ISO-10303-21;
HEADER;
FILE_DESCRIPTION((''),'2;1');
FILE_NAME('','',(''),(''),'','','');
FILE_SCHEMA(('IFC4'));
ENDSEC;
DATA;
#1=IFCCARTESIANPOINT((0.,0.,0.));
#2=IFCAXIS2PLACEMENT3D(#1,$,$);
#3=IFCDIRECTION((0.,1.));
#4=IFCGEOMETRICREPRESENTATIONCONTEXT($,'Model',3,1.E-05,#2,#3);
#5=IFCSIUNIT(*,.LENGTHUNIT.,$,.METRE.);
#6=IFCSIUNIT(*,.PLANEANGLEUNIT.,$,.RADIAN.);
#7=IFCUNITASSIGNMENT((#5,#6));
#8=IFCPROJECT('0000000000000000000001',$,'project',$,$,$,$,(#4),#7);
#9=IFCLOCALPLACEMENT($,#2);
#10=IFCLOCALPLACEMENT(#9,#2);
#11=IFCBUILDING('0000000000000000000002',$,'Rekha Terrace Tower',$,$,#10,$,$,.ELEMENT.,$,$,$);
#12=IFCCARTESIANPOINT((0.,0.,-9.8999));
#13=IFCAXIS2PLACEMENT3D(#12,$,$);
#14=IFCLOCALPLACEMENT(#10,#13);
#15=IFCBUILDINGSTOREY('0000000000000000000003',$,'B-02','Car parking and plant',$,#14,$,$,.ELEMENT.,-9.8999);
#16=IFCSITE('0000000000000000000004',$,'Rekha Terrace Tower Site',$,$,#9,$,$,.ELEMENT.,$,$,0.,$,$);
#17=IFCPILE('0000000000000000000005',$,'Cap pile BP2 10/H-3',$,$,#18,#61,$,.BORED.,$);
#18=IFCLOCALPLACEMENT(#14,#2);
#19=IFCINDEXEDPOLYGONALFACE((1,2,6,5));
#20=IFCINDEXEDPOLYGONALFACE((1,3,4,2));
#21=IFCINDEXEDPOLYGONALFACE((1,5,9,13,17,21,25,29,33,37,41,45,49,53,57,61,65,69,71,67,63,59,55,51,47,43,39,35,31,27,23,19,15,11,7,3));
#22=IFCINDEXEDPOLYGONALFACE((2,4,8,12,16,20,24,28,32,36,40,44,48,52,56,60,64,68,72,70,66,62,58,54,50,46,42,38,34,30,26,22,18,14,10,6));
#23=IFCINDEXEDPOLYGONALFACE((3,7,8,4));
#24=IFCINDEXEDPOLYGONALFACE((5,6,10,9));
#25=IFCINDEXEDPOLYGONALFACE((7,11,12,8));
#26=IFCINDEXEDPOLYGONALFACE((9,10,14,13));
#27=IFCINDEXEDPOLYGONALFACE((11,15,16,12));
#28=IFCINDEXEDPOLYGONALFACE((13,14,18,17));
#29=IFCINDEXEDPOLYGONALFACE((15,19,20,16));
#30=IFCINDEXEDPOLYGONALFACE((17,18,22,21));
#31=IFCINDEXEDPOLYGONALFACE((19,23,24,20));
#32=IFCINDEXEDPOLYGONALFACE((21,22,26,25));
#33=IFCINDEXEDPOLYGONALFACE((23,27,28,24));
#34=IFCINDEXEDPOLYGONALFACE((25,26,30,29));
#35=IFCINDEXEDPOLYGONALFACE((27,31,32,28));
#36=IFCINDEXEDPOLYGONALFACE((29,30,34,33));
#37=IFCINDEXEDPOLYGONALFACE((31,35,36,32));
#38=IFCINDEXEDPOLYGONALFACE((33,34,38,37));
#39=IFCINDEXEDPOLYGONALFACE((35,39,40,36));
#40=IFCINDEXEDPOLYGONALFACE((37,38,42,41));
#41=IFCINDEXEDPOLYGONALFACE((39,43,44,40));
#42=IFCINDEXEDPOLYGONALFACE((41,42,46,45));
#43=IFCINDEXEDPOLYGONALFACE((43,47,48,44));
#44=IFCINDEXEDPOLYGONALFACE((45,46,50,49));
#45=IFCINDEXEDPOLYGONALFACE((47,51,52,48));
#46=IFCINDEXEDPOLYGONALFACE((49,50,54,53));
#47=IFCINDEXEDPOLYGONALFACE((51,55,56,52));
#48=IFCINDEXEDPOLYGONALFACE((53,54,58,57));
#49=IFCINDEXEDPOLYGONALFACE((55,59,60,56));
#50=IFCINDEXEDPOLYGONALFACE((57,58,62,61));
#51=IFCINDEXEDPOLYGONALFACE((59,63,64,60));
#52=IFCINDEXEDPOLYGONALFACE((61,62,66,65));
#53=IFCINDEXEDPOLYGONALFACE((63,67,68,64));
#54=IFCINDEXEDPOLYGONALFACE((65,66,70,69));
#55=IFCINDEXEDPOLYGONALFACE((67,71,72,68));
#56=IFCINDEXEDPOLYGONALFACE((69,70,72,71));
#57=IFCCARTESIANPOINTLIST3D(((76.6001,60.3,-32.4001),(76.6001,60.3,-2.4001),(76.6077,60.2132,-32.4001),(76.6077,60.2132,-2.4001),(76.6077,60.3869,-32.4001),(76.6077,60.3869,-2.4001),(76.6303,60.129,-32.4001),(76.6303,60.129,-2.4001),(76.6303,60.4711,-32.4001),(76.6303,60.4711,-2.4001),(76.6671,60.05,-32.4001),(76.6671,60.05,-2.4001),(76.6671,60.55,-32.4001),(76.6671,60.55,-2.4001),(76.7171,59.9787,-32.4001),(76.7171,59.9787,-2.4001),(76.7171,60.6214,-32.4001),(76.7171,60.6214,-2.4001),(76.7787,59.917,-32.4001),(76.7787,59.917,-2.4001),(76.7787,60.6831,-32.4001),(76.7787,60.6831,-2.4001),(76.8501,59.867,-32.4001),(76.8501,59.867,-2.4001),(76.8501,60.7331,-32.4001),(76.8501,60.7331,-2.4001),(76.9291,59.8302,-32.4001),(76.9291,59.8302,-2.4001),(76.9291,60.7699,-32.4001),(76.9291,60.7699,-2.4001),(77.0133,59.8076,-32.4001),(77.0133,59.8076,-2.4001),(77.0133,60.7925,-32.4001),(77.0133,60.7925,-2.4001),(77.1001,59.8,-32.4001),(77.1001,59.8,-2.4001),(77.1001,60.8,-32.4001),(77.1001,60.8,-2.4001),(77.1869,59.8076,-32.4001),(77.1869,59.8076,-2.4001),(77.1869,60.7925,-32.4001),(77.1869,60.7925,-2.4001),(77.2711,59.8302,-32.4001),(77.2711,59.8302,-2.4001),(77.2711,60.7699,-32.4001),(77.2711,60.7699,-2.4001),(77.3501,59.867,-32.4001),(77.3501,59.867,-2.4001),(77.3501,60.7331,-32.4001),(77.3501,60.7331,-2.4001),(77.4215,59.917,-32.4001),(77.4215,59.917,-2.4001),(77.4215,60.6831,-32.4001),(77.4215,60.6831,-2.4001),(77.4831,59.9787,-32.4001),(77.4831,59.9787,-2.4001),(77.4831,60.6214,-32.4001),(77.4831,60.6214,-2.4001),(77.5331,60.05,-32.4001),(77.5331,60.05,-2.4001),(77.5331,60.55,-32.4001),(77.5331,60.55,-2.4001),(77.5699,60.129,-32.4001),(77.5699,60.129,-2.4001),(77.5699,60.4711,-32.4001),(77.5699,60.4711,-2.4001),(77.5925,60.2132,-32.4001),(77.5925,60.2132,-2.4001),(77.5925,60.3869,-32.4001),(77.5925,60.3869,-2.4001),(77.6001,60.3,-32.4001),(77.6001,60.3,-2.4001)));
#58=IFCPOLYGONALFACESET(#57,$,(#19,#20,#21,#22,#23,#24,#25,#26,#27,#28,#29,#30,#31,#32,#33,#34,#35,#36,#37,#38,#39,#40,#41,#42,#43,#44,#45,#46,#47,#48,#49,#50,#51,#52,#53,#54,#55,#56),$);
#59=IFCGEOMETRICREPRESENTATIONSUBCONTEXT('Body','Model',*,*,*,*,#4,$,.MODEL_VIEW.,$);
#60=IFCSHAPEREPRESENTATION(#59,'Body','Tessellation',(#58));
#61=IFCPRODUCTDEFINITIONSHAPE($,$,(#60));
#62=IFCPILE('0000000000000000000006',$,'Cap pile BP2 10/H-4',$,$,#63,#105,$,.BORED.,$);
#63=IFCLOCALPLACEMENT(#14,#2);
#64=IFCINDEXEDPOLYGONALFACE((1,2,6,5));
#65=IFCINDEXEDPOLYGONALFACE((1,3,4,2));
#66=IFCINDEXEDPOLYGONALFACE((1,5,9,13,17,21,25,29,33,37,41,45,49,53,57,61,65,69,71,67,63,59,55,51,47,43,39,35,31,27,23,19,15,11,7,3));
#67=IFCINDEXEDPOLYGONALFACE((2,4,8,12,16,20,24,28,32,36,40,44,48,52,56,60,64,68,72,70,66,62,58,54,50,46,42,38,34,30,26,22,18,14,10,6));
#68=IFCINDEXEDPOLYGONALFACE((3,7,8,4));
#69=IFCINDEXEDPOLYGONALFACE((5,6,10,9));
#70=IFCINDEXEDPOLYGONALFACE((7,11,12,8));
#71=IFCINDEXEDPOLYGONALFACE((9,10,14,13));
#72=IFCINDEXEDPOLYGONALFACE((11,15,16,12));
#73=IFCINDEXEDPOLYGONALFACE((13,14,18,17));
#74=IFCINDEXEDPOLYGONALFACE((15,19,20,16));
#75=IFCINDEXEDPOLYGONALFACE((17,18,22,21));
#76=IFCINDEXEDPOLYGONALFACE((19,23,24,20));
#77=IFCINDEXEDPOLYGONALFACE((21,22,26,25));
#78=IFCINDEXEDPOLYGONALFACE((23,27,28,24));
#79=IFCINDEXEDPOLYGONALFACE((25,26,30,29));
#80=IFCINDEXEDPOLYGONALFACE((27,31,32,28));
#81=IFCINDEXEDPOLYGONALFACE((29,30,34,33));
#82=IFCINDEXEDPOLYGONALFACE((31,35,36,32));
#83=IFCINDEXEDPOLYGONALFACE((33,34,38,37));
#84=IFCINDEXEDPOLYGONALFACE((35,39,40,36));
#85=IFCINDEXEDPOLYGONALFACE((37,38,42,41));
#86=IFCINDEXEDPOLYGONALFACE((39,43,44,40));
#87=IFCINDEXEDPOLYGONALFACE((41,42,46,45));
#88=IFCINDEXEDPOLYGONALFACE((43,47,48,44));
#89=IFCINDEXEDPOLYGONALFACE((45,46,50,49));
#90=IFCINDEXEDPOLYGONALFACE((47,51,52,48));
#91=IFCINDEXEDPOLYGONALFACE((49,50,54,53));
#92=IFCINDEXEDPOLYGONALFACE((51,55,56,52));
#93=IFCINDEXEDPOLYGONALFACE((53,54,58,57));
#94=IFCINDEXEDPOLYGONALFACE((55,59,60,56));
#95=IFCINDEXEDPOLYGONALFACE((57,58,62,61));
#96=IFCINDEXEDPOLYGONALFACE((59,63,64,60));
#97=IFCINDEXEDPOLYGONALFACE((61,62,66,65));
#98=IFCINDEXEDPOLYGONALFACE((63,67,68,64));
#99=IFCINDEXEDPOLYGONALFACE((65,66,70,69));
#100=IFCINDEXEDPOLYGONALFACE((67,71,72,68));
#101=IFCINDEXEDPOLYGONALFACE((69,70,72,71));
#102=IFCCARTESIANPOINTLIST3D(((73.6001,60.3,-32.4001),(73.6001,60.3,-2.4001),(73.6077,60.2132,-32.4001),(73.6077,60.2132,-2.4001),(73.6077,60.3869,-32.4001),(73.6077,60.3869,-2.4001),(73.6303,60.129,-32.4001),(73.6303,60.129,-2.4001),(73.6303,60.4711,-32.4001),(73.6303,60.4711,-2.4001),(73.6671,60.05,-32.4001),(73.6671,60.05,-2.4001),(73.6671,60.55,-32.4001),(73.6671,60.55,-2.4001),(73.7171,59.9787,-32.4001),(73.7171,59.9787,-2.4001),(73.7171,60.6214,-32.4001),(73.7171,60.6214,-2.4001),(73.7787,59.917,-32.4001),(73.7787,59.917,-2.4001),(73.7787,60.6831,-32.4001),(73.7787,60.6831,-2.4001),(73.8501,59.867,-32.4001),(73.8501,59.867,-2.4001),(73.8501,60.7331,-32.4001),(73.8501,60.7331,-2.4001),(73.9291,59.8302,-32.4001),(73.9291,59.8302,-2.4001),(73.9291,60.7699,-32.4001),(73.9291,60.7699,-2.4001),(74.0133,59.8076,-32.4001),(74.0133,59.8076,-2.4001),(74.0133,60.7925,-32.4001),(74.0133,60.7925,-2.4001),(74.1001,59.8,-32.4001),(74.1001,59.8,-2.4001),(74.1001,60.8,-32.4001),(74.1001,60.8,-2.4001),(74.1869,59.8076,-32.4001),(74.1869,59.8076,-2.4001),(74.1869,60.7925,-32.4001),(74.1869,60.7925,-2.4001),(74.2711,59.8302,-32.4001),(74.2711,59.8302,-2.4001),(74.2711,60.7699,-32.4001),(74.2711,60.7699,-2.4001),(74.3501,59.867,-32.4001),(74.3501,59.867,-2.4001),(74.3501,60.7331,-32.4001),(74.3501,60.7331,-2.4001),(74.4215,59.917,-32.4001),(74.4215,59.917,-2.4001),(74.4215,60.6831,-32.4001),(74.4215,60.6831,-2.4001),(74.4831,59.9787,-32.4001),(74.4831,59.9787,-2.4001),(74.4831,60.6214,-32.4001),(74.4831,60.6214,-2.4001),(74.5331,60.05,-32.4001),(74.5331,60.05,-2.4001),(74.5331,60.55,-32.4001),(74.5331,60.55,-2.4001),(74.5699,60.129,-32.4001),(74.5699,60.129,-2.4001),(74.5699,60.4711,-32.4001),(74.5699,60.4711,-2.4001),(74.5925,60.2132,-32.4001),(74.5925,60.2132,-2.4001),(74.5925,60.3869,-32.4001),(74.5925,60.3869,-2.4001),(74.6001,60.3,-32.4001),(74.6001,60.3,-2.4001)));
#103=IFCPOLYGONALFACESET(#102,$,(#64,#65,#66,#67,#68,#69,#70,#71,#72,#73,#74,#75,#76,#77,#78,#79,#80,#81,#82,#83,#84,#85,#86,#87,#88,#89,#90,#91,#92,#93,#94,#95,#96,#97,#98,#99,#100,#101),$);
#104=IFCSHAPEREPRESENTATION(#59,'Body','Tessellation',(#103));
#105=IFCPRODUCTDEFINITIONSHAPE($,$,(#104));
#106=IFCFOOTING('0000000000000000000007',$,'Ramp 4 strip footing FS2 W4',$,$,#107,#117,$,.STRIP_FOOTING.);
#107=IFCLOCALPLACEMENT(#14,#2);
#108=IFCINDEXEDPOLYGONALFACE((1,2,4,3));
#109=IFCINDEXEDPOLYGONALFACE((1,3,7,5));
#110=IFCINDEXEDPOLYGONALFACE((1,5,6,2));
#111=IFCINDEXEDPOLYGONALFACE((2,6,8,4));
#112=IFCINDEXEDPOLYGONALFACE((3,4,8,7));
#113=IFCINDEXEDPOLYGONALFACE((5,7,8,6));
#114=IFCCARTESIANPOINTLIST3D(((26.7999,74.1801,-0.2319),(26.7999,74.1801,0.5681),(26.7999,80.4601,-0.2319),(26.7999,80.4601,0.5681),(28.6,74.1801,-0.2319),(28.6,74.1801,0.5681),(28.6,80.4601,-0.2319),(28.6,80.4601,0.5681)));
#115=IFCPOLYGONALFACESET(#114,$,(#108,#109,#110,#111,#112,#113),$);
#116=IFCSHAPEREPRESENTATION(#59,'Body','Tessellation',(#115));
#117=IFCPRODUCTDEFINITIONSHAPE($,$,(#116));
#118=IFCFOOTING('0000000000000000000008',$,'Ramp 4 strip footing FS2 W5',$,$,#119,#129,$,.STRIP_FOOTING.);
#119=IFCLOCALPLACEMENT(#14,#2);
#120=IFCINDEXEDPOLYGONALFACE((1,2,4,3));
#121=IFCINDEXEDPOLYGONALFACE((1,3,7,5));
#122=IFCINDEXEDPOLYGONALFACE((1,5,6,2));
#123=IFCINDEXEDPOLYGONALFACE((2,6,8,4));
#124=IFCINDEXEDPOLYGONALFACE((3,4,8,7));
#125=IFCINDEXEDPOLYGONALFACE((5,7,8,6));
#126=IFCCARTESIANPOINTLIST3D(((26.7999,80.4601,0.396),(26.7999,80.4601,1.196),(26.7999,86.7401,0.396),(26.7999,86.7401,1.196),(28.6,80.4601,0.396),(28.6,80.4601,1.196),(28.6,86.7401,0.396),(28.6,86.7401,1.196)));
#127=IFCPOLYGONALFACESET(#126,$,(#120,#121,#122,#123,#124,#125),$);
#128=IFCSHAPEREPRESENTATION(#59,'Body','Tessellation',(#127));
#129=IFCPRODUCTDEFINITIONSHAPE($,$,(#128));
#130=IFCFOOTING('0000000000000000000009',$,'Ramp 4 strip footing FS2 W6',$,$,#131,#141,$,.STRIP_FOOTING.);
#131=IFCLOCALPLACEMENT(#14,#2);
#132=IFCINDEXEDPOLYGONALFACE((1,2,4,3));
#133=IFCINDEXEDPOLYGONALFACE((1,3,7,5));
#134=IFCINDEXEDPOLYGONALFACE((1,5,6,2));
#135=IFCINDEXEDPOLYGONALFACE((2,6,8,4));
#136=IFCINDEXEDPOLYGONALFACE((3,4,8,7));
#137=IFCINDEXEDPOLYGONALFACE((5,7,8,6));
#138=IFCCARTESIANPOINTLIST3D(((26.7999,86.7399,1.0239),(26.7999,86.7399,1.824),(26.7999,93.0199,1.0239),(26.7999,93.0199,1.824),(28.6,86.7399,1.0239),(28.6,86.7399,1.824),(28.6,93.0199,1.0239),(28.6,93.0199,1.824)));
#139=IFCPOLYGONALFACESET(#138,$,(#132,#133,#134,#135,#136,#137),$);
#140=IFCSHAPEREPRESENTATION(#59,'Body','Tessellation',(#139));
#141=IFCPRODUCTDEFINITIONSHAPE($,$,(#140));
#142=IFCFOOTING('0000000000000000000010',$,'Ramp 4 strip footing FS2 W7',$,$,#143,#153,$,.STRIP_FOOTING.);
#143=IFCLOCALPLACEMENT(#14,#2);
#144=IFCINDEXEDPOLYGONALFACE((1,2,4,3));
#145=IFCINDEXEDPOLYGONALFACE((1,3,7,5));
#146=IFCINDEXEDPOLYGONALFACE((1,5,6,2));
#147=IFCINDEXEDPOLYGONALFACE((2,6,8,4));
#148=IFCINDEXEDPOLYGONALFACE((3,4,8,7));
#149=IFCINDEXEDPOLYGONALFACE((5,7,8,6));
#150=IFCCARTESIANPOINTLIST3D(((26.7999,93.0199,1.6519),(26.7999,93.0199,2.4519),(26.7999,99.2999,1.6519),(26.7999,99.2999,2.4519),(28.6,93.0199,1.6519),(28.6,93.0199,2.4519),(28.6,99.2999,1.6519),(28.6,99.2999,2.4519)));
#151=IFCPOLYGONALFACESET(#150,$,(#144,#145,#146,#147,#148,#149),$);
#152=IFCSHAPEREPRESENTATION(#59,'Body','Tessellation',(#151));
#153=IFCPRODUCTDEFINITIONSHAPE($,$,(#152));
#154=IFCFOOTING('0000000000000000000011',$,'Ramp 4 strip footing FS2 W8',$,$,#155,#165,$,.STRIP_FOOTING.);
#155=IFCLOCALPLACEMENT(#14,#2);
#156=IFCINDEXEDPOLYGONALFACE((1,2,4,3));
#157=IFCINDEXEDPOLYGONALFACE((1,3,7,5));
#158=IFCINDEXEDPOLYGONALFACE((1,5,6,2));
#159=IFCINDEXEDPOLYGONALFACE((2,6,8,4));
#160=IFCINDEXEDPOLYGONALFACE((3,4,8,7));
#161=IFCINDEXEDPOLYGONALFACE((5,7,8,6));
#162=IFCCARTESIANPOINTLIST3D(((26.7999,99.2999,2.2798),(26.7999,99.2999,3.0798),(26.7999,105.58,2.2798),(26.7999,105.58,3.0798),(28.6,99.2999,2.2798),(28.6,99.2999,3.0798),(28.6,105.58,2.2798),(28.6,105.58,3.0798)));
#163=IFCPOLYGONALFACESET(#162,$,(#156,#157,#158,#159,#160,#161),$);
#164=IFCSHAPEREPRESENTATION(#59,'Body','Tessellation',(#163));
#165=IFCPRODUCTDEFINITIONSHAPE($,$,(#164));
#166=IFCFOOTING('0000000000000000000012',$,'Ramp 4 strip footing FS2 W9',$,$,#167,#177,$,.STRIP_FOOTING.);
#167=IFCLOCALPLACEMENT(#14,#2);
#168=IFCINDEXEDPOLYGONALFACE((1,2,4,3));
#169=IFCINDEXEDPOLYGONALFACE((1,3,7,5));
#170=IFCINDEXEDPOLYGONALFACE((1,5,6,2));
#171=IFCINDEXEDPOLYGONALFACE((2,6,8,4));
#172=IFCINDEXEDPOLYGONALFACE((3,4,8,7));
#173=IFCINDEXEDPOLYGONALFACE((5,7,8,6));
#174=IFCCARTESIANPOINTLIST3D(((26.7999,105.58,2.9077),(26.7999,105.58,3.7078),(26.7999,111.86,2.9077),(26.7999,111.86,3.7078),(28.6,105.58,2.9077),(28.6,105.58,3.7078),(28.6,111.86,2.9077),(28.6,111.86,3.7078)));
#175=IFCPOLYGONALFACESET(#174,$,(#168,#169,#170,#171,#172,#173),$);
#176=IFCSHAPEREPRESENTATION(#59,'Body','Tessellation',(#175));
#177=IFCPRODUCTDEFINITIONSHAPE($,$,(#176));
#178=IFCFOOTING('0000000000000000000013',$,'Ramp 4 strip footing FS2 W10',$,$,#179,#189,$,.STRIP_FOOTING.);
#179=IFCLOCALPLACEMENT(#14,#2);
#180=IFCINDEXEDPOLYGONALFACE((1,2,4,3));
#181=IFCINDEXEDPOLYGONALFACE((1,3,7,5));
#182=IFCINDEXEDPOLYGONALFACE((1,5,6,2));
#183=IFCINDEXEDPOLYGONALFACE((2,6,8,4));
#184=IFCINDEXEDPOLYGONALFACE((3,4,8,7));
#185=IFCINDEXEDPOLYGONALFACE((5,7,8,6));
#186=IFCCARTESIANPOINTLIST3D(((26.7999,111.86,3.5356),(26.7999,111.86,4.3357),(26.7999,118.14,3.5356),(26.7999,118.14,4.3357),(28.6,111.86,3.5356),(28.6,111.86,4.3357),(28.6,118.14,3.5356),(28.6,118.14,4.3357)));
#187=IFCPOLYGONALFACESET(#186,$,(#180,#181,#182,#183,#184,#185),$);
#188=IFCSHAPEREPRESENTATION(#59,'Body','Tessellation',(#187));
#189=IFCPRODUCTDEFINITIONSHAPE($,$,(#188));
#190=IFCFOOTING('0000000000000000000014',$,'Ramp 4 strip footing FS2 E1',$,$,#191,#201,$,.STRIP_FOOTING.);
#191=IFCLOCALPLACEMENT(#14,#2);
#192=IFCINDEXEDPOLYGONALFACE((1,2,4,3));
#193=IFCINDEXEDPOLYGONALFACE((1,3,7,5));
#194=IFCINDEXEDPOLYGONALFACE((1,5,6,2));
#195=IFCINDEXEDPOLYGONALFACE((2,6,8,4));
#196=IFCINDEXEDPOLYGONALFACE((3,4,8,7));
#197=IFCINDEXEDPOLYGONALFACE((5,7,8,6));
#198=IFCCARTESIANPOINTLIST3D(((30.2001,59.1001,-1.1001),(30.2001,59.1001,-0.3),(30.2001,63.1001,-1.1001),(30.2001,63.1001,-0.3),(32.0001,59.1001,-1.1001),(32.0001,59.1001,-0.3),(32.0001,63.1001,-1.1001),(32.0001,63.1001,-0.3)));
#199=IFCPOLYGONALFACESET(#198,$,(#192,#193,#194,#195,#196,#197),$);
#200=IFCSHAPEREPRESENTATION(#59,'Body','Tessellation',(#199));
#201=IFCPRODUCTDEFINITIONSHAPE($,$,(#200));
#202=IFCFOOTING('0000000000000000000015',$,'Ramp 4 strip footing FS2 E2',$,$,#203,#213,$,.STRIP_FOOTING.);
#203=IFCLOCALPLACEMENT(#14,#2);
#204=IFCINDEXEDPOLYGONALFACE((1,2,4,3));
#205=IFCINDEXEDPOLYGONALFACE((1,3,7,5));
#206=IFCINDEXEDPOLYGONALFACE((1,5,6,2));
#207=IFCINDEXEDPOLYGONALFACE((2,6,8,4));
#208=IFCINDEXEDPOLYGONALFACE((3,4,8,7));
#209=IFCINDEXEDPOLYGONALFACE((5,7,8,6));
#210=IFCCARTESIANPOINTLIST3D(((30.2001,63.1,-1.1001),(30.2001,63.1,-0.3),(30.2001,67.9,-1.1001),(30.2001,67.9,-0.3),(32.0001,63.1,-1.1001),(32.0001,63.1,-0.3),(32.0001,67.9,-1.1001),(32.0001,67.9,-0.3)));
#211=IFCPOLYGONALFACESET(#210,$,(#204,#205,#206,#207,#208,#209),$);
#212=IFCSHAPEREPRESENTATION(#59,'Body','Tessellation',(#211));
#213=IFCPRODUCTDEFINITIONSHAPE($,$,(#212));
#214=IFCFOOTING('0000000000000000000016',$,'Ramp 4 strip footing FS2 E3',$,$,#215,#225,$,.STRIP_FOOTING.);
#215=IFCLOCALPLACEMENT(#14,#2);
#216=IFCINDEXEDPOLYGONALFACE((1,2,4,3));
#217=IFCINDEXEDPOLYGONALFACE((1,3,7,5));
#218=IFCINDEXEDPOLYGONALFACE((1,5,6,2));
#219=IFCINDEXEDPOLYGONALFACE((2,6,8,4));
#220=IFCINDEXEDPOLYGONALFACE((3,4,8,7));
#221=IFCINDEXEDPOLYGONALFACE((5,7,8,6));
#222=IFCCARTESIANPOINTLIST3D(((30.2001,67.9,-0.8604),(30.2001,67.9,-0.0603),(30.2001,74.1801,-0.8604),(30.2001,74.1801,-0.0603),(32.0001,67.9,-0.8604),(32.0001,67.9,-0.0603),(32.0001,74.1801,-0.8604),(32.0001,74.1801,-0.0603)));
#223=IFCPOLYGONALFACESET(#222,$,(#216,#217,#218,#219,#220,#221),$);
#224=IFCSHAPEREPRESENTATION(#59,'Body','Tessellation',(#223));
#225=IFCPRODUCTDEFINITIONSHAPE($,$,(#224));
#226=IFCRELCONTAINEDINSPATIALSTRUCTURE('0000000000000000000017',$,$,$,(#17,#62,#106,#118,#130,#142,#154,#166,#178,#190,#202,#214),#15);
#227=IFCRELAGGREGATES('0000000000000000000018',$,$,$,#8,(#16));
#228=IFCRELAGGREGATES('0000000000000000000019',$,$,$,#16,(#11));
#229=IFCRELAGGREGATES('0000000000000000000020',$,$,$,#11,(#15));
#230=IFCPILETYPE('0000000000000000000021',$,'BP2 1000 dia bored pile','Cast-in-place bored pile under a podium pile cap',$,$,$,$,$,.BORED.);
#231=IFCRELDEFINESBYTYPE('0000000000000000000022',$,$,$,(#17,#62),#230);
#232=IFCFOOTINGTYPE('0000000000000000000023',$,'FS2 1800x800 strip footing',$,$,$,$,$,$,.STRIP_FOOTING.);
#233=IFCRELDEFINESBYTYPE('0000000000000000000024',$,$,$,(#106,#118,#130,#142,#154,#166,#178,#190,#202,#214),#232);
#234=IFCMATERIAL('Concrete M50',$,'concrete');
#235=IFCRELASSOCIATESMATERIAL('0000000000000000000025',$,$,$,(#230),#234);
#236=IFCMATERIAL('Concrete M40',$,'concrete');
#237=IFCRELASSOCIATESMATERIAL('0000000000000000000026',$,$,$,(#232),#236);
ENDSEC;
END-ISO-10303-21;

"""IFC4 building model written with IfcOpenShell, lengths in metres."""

from ifc_helpers import new_model, si_unit, direction, frame, origin, origin_2d, place, context, subcontext, project, spatial, rectangle, circle, extrude, material, type_object, element, save


model = new_model("IFC4")

# Units and contexts
model_context = context("Model", 3, precision=1e-05, world=origin(), true_north=direction((0.0, 1.0)))
body_context = subcontext(model_context, "Body", "Model", "MODEL_VIEW")
ifc_project = project(units=[si_unit("LENGTHUNIT", "METRE"), si_unit("PLANEANGLEUNIT", "RADIAN")], contexts=[model_context])

# Site, building, storey
site_placement = place(None, origin())
site = spatial("IfcSite", under=ifc_project, at=site_placement, Name="Rekha Terrace Tower Site", CompositionType="ELEMENT", RefElevation=0.0)
building_placement = place(site_placement, origin())
building = spatial("IfcBuilding", under=site, at=building_placement, Name="Rekha Terrace Tower", CompositionType="ELEMENT")
storey_placement = place(building_placement, frame((0.0, 0.0, -9.8999)))
storey = spatial("IfcBuildingStorey", under=building, at=storey_placement, Name="B-02", Description="Car parking and plant", CompositionType="ELEMENT", Elevation=-9.8999)

# Piles
ifc_material_1 = material(Name="Concrete M50", Category="concrete")
pile_type = type_object("IfcPileType", Name="BP2 1000 dia bored pile", Description="Cast-in-place bored pile under a podium pile cap", PredefinedType="BORED", material=ifc_material_1)
for number, where, z_axis, x_axis, name in (
    (1, (77.1001, 60.3, -2.4001), (0.0, 0.0, -1.0), (1.0, 0.0, 0.0), "Cap pile BP2 10/H-3"),
    (2, (74.1001, 60.3, -2.4001), (0.0, 0.0, -1.0), (1.0, 0.0, 0.0), "Cap pile BP2 10/H-4"),
):
    element("IfcPile", number, at=place(storey_placement, frame(where, z_axis=z_axis, x_axis=x_axis)), inside=storey, type_object=pile_type, Name=name, PredefinedType="BORED", context=body_context, shape_type="SweptSolid", body=[
        extrude(circle(Radius=0.5, at=origin_2d()), origin(), (0.0, 0.0, 1.0), 30.0),
    ])

# Footings
ifc_material_2 = material(Name="Concrete M40", Category="concrete")
footing_type_1 = type_object("IfcFootingType", Name="FS2 1800x800 strip footing", PredefinedType="STRIP_FOOTING", material=ifc_material_2)
for number, where, z_axis, x_axis, name in (
    (3, (27.7, 77.3201, -0.2319), (0.0, 0.0, 1.0), (1.0, 0.0, 0.0), "Ramp 4 strip footing FS2 W4"),
    (4, (27.7, 83.6001, 0.396), (0.0, 0.0, 1.0), (1.0, 0.0, 0.0), "Ramp 4 strip footing FS2 W5"),
    (5, (27.7, 89.8799, 1.0239), (0.0, 0.0, 1.0), (1.0, 0.0, 0.0), "Ramp 4 strip footing FS2 W6"),
    (6, (27.7, 96.1599, 1.6519), (0.0, 0.0, 1.0), (1.0, 0.0, 0.0), "Ramp 4 strip footing FS2 W7"),
    (7, (27.7, 102.4399, 2.2798), (0.0, 0.0, 1.0), (1.0, 0.0, 0.0), "Ramp 4 strip footing FS2 W8"),
    (8, (27.7, 108.72, 2.9077), (0.0, 0.0, 1.0), (1.0, 0.0, 0.0), "Ramp 4 strip footing FS2 W9"),
    (9, (27.7, 115.0, 3.5356), (0.0, 0.0, 1.0), (1.0, 0.0, 0.0), "Ramp 4 strip footing FS2 W10"),
):
    element("IfcFooting", number, at=place(storey_placement, frame(where, z_axis=z_axis, x_axis=x_axis)), inside=storey, type_object=footing_type_1, Name=name, PredefinedType="STRIP_FOOTING", context=body_context, shape_type="SweptSolid", body=[
        extrude(rectangle(XDim=1.8, YDim=6.28, at=origin_2d()), origin(), (0.0, 0.0, 1.0), 0.8),
    ])
footing_1_placement = place(storey_placement, frame((31.1001, 61.1001, -1.1001), z_axis=(0.0, 0.0, 1.0), x_axis=(1.0, 0.0, 0.0)))
element("IfcFooting", 10, at=footing_1_placement, inside=storey, type_object=footing_type_1, Name="Ramp 4 strip footing FS2 E1", PredefinedType="STRIP_FOOTING", context=body_context, shape_type="SweptSolid", body=[
    extrude(rectangle(XDim=1.8, YDim=4.0, at=origin_2d()), origin(), (0.0, 0.0, 1.0), 0.8),
])
footing_2_placement = place(storey_placement, frame((31.1001, 65.5, -1.1001), z_axis=(0.0, 0.0, 1.0), x_axis=(1.0, 0.0, 0.0)))
element("IfcFooting", 11, at=footing_2_placement, inside=storey, type_object=footing_type_1, Name="Ramp 4 strip footing FS2 E2", PredefinedType="STRIP_FOOTING", context=body_context, shape_type="SweptSolid", body=[
    extrude(rectangle(XDim=1.8, YDim=4.8, at=origin_2d()), origin(), (0.0, 0.0, 1.0), 0.8),
])
for number, where, z_axis, x_axis, name in (
    (12, (31.1001, 71.04, -0.8604), (0.0, 0.0, 1.0), (1.0, 0.0, 0.0), "Ramp 4 strip footing FS2 E3"),
):
    element("IfcFooting", number, at=place(storey_placement, frame(where, z_axis=z_axis, x_axis=x_axis)), inside=storey, type_object=footing_type_1, Name=name, PredefinedType="STRIP_FOOTING", context=body_context, shape_type="SweptSolid", body=[
        extrude(rectangle(XDim=1.8, YDim=6.28, at=origin_2d()), origin(), (0.0, 0.0, 1.0), 0.8),
    ])

save(model, "model.ifc")
